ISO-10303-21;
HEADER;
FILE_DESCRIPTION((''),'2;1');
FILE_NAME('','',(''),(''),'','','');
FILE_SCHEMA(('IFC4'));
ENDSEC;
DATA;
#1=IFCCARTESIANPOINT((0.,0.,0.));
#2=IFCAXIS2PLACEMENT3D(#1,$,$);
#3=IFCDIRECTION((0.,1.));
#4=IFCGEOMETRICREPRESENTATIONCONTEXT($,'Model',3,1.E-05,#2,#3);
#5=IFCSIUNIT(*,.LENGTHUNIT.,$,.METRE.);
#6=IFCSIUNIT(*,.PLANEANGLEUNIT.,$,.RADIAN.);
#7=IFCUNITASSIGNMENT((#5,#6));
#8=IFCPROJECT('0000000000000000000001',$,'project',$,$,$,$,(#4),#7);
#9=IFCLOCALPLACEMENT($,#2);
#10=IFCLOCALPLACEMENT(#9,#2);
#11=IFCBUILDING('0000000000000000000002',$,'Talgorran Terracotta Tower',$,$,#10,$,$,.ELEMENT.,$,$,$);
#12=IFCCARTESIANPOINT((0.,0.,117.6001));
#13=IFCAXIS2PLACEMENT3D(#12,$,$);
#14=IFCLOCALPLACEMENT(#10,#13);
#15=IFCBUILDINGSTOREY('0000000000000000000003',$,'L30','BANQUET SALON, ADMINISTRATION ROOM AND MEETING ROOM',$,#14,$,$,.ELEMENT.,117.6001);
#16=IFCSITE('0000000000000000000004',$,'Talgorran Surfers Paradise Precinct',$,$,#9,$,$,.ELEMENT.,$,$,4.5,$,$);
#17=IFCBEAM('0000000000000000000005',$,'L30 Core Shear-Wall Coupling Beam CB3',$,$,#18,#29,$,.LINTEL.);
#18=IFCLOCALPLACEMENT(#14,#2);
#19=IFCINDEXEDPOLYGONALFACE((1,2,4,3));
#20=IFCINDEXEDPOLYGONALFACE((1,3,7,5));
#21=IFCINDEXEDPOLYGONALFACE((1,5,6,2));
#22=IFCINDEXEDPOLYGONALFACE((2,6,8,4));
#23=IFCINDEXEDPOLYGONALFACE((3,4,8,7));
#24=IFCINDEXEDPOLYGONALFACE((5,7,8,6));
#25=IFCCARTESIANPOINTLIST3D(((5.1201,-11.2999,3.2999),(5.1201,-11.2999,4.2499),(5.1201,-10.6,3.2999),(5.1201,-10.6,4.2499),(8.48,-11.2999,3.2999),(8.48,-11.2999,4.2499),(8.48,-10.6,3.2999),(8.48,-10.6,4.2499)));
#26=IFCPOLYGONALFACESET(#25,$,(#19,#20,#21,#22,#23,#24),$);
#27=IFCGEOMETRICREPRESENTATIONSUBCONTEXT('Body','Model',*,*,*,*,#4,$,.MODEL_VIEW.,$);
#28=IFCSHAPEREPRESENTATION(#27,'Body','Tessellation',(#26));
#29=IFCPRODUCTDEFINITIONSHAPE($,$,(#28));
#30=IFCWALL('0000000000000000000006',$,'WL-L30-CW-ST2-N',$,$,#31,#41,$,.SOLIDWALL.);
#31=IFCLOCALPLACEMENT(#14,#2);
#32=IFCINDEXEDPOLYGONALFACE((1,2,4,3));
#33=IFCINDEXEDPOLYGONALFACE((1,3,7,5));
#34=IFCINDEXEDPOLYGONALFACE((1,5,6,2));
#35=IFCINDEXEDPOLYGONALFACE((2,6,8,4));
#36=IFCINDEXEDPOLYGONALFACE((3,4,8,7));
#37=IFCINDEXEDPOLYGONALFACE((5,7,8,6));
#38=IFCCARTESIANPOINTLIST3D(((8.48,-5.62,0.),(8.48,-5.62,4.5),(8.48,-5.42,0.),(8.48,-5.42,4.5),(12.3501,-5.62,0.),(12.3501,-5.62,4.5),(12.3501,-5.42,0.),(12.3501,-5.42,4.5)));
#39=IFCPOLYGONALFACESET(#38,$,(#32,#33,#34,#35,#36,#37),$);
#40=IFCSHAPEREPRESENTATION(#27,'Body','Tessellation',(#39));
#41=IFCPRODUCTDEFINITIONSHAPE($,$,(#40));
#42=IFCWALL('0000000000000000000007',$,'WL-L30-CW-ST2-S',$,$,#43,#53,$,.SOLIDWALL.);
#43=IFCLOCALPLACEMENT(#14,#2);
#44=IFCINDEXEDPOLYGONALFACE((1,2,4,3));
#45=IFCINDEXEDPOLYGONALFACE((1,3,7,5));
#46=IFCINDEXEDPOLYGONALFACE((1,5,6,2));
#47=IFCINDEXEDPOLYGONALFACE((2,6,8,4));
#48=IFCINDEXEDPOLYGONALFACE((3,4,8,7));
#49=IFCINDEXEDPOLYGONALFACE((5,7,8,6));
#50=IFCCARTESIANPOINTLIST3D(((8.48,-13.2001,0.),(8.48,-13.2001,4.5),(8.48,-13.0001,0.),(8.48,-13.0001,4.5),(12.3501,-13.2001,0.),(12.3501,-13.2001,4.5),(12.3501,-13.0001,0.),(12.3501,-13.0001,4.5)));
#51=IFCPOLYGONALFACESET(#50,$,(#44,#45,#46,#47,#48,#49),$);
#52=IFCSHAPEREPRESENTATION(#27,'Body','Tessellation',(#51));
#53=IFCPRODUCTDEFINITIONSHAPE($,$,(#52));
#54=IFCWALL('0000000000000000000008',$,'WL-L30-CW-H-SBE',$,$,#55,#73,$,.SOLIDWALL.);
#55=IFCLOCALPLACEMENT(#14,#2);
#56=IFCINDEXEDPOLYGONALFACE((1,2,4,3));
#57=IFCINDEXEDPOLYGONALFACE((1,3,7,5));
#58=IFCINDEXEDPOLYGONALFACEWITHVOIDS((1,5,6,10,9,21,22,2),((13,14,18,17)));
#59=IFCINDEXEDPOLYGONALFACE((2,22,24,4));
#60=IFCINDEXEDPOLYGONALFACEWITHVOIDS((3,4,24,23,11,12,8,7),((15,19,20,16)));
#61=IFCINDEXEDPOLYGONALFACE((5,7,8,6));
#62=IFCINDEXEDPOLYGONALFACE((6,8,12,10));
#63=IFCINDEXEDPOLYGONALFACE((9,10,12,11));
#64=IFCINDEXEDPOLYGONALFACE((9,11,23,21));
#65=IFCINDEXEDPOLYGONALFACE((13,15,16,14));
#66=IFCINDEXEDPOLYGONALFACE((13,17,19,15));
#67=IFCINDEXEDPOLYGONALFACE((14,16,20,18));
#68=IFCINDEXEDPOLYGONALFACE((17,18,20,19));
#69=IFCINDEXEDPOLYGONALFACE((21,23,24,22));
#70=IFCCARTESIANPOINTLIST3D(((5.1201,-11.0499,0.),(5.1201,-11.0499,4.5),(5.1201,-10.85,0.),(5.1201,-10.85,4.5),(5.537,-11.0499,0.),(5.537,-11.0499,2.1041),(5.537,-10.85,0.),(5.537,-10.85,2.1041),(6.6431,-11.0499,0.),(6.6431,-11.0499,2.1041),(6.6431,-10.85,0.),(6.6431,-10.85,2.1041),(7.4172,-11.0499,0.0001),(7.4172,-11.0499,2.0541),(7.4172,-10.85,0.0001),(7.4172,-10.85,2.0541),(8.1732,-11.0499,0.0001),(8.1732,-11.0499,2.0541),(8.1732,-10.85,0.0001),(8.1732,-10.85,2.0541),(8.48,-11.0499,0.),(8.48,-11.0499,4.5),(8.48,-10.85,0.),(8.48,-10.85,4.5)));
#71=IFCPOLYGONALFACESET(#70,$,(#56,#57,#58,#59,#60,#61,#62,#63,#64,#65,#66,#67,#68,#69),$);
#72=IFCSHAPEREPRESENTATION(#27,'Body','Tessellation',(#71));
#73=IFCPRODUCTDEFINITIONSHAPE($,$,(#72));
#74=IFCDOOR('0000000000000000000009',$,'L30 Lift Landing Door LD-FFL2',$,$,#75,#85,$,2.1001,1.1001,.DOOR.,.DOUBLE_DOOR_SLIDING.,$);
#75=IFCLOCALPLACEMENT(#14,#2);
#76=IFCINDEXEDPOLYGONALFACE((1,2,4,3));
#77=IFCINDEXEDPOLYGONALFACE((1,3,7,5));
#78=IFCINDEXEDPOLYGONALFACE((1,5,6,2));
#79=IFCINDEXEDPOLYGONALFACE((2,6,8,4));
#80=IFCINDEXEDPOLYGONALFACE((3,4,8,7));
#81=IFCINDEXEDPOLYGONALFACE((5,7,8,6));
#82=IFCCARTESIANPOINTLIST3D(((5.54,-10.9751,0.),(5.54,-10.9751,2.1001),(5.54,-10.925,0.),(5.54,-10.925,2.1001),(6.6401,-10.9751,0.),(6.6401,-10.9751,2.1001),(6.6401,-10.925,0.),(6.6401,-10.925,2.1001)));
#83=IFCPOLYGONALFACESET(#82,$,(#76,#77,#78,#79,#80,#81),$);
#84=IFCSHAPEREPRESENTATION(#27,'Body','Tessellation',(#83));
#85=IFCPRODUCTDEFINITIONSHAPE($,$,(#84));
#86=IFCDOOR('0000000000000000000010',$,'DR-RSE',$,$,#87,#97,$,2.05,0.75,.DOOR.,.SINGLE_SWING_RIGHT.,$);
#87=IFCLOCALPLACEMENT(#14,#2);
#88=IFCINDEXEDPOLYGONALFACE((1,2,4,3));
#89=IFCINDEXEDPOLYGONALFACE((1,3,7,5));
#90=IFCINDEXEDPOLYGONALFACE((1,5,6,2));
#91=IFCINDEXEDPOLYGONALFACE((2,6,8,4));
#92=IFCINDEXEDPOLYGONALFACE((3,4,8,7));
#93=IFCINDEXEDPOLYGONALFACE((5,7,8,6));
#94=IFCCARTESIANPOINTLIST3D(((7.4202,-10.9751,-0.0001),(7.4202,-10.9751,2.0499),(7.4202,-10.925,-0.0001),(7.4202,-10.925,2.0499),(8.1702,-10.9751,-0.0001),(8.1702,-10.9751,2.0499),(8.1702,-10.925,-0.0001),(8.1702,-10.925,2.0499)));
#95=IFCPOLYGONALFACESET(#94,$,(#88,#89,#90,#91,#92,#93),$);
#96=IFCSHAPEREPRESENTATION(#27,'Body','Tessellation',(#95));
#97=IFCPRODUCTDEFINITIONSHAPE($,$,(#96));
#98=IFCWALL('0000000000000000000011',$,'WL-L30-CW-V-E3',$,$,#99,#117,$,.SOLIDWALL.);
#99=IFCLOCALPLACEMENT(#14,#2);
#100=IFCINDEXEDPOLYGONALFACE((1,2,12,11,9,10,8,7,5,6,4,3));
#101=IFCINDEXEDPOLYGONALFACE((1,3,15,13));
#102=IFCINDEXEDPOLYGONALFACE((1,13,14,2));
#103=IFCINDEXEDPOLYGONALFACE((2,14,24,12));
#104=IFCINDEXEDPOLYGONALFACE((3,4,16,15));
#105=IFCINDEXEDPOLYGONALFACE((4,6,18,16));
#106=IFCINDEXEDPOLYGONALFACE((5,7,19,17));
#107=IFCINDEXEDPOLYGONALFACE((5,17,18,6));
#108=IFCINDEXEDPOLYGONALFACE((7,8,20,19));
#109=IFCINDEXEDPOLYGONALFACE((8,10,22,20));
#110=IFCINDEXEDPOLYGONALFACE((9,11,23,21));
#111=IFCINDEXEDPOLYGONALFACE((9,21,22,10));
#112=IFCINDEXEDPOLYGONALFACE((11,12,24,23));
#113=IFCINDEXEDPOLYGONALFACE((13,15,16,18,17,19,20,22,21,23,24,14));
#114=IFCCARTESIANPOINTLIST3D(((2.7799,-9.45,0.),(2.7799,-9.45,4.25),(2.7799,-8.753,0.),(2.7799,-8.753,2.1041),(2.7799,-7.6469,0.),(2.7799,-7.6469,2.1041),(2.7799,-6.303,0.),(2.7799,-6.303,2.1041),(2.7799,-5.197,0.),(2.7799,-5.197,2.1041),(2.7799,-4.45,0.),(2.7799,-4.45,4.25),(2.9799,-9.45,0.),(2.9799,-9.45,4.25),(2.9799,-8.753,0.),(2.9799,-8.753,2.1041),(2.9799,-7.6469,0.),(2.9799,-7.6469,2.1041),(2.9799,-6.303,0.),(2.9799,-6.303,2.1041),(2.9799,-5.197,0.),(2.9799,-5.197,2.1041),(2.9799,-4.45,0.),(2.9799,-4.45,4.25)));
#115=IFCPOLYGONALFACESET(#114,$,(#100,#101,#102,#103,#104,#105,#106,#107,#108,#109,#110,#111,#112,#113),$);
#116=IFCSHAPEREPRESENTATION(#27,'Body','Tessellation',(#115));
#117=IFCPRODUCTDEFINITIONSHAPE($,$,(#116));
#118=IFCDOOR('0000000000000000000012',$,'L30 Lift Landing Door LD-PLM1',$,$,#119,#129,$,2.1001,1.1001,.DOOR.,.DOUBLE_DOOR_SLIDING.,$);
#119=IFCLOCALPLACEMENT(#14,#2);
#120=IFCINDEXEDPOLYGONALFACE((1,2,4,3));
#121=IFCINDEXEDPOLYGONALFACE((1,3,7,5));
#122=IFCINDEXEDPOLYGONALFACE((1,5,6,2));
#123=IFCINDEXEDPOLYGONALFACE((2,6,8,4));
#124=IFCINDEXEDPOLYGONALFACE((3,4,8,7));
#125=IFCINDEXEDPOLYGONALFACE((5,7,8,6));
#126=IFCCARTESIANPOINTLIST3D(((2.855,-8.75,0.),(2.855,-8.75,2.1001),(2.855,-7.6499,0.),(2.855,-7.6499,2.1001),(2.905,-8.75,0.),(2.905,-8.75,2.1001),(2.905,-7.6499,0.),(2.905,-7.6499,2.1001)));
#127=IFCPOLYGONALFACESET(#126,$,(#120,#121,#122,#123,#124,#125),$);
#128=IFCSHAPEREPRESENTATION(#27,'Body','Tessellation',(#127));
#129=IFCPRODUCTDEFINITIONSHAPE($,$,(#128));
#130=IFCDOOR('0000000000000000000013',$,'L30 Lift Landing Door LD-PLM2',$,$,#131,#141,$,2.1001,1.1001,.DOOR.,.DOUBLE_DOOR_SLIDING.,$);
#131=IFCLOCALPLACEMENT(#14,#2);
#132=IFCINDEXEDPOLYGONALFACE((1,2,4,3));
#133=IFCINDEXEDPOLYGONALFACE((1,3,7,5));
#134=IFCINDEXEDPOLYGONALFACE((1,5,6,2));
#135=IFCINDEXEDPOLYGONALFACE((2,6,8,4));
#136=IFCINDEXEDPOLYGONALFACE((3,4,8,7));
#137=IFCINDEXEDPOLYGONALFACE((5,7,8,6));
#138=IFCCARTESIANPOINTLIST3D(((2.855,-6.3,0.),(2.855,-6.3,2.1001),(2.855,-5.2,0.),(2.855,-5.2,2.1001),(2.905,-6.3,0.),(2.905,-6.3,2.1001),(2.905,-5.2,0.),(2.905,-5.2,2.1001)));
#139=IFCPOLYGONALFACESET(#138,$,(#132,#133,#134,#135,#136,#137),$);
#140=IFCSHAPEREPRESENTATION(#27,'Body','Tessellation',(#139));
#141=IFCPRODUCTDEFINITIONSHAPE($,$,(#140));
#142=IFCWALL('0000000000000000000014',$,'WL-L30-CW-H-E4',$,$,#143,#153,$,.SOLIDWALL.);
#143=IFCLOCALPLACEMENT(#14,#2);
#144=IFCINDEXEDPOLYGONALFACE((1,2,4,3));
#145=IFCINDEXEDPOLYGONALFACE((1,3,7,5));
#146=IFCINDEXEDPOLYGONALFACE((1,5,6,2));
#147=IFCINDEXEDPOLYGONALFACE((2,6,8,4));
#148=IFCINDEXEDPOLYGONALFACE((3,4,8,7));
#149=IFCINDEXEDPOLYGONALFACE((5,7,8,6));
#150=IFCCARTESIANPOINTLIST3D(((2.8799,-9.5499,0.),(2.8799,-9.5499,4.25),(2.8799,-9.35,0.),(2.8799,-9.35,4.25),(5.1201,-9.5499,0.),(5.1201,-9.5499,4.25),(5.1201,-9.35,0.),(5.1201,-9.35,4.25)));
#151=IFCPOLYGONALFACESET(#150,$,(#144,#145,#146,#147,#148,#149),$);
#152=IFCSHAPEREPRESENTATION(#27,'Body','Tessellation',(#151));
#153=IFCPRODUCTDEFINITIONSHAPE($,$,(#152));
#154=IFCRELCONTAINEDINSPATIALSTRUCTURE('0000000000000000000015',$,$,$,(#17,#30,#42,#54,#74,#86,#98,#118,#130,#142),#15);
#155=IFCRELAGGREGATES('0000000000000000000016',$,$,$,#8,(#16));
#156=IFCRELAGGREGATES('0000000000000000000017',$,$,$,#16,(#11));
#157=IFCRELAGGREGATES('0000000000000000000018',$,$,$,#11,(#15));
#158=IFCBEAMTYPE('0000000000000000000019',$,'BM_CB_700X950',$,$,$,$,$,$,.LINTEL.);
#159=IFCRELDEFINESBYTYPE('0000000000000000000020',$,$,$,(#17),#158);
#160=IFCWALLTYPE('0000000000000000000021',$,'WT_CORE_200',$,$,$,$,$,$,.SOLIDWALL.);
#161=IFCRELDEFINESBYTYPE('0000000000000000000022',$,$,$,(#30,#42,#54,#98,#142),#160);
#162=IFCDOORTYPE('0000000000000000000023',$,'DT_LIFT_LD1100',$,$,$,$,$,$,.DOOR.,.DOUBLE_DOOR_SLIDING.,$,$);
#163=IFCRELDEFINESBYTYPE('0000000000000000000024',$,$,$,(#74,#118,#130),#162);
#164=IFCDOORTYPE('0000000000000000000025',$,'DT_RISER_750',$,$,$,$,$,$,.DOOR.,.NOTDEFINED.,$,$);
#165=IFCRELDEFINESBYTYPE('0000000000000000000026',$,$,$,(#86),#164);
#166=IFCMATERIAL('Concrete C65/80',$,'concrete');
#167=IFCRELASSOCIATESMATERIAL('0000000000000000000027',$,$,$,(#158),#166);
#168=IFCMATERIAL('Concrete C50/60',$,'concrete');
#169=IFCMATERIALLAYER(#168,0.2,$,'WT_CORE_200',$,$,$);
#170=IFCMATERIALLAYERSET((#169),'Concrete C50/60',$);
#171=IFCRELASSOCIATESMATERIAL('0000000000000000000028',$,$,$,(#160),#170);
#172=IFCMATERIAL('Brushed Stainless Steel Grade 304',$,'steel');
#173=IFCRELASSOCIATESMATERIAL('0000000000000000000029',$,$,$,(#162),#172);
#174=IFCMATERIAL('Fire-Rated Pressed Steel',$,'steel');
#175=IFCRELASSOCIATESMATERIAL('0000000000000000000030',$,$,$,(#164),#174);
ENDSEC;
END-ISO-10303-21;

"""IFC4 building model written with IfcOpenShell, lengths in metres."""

from ifc_helpers import new_model, si_unit, direction, frame, frame_2d, origin, origin_2d, place, context, subcontext, project, spatial, rectangle, extrude, material, layer, layer_set, material_profile, profile_set, type_object, element, fill, save


model = new_model("IFC4")

# Units and contexts
model_context = context("Model", 3, precision=1e-05, world=origin(), true_north=direction((0.0, 1.0)))
body_context = subcontext(model_context, "Body", "Model", "MODEL_VIEW")
ifc_project = project(units=[si_unit("LENGTHUNIT", "METRE"), si_unit("PLANEANGLEUNIT", "RADIAN")], contexts=[model_context])

# Site, building, storey
site_placement = place(None, origin())
site = spatial("IfcSite", under=ifc_project, at=site_placement, Name="Talgorran Surfers Paradise Precinct", CompositionType="ELEMENT", RefElevation=4.5)
building_placement = place(site_placement, origin())
building = spatial("IfcBuilding", under=site, at=building_placement, Name="Talgorran Terracotta Tower", CompositionType="ELEMENT")
storey_placement = place(building_placement, frame((0.0, 0.0, 117.6001)))
storey = spatial("IfcBuildingStorey", under=building, at=storey_placement, Name="L30", Description="BANQUET SALON, ADMINISTRATION ROOM AND MEETING ROOM", CompositionType="ELEMENT", Elevation=117.6001)

# Beam
ifc_material_1 = material(Name="Concrete C65/80", Category="concrete")
ifc_material_profile = material_profile(ifc_material_1, rectangle(XDim=0.7, YDim=0.95, at=origin_2d()), Name="RCCB700X950")
ifc_profile_set = profile_set([ifc_material_profile], Name="Concrete C65/80")
beam_type = type_object("IfcBeamType", Name="BM_CB_700X950", PredefinedType="LINTEL", material=ifc_profile_set)
beam_placement = place(storey_placement, frame((5.1201, -10.95, 3.7749), z_axis=(1.0, 0.0, 0.0), x_axis=(0.0, 1.0, 0.0)))
element("IfcBeam", 1, at=beam_placement, inside=storey, type_object=beam_type, Name="L30 Core Shear-Wall Coupling Beam CB3", PredefinedType="LINTEL", context=body_context, shape_type="SweptSolid", body=[
    extrude(rectangle(XDim=0.7, YDim=0.95, at=origin_2d()), origin(), (0.0, 0.0, 1.0), 3.3599),
])

# Walls
ifc_material_2 = material(Name="Concrete C50/60", Category="concrete")
ifc_layer_1 = layer(ifc_material_2, 0.2, Name="WT_CORE_200")
ifc_layer_set_1 = layer_set([ifc_layer_1], Name="Concrete C50/60")
wall_type_1 = type_object("IfcWallType", Name="WT_CORE_200", PredefinedType="SOLIDWALL", material=ifc_layer_set_1)
for number, where, z_axis, x_axis, name in (
    (2, (8.48, -5.52, 0.0), (0.0, 0.0, 1.0), (1.0, 0.0, 0.0), "WL-L30-CW-ST2-N"),
    (3, (8.48, -13.1001, 0.0), (0.0, 0.0, 1.0), (1.0, 0.0, 0.0), "WL-L30-CW-ST2-S"),
):
    element("IfcWall", number, at=place(storey_placement, frame(where, z_axis=z_axis, x_axis=x_axis)), inside=storey, type_object=wall_type_1, Name=name, PredefinedType="SOLIDWALL", context=body_context, shape_type="SweptSolid", body=[
        extrude(rectangle(XDim=3.8701, YDim=0.2, at=frame_2d((1.9351, 0.0))), origin(), (0.0, 0.0, 1.0), 4.5),
    ])

# Walls, openings, doors
wall_1_placement = place(storey_placement, frame((5.1201, -10.95, 0.0), z_axis=(0.0, 0.0, 1.0), x_axis=(1.0, 0.0, 0.0)))
wall_1 = element("IfcWall", 4, at=wall_1_placement, inside=storey, type_object=wall_type_1, Name="WL-L30-CW-H-SBE", PredefinedType="SOLIDWALL", context=body_context, shape_type="SweptSolid", body=[
    extrude(rectangle(XDim=3.3599, YDim=0.2, at=frame_2d((1.6799, 0.0))), origin(), (0.0, 0.0, 1.0), 4.5),
])
opening_1_placement = place(wall_1_placement, frame((0.4199, 0.0, 0.0)))
opening_1 = element("IfcOpeningElement", 5, at=opening_1_placement, cuts=wall_1, PredefinedType="OPENING", context=body_context, shape_type="SweptSolid", body=[
    extrude(rectangle(XDim=1.1061, YDim=2.1041, at=frame_2d((0.55, 1.052))), frame((0.0, 0.1099, 0.0), z_axis=(0.0, -1.0, 0.0), x_axis=(1.0, 0.0, 0.0)), (0.0, 0.0, 1.0), 0.22),
])
opening_2_placement = place(wall_1_placement, frame((2.3, 0.0, 0.0)))
opening_2 = element("IfcOpeningElement", 6, at=opening_2_placement, cuts=wall_1, PredefinedType="OPENING", context=body_context, shape_type="SweptSolid", body=[
    extrude(rectangle(XDim=0.756, YDim=2.054, at=frame_2d((0.375, 1.0271))), frame((0.0, 0.1099, 0.0), z_axis=(0.0, -1.0, 0.0), x_axis=(1.0, 0.0, 0.0)), (0.0, 0.0, 1.0), 0.22),
])
ifc_material_3 = material(Name="Brushed Stainless Steel Grade 304", Category="steel")
door_type_1 = type_object("IfcDoorType", Name="DT_LIFT_LD1100", OperationType="DOUBLE_DOOR_SLIDING", PredefinedType="DOOR", material=ifc_material_3)
door_1_placement = place(opening_1_placement, origin())
door_1 = element("IfcDoor", 7, at=door_1_placement, inside=storey, type_object=door_type_1, Name="L30 Lift Landing Door LD-FFL2", OperationType="DOUBLE_DOOR_SLIDING", OverallHeight=2.1001, OverallWidth=1.1001, PredefinedType="DOOR", context=body_context, shape_type="SweptSolid", body=[
    extrude(rectangle(XDim=1.1001, YDim=2.1001, at=frame_2d((0.55, 1.05))), frame((0.0, 0.0249, 0.0), z_axis=(0.0, -1.0, 0.0), x_axis=(1.0, 0.0, 0.0)), (0.0, 0.0, 1.0), 0.05),
])
fill(opening_1, door_1)
ifc_material_4 = material(Name="Fire-Rated Pressed Steel", Category="steel")
door_type_2 = type_object("IfcDoorType", Name="DT_RISER_750", OperationType="NOTDEFINED", PredefinedType="DOOR", material=ifc_material_4)
door_2_placement = place(opening_2_placement, origin())
door_2 = element("IfcDoor", 8, at=door_2_placement, inside=storey, type_object=door_type_2, Name="DR-RSE", OperationType="SINGLE_SWING_RIGHT", OverallHeight=2.05, OverallWidth=0.75, PredefinedType="DOOR", context=body_context, shape_type="SweptSolid", body=[
    extrude(rectangle(XDim=0.75, YDim=2.05, at=frame_2d((0.375, 1.0249))), frame((0.0, 0.0249, 0.0), z_axis=(0.0, -1.0, 0.0), x_axis=(1.0, 0.0, 0.0)), (0.0, 0.0, 1.0), 0.05),
])
fill(opening_2, door_2)
wall_2_placement = place(storey_placement, frame((2.8799, -9.45, 0.0), z_axis=(0.0, 0.0, 1.0), x_axis=(0.0, 1.0, 0.0)))
wall_2 = element("IfcWall", 9, at=wall_2_placement, inside=storey, type_object=wall_type_1, Name="WL-L30-CW-V-E3", PredefinedType="SOLIDWALL", context=body_context, shape_type="SweptSolid", body=[
    extrude(rectangle(XDim=5.0, YDim=0.2, at=frame_2d((2.5, 0.0))), origin(), (0.0, 0.0, 1.0), 4.25),
])
opening_3_placement = place(wall_2_placement, frame((0.7, 0.0, 0.0)))
opening_3 = element("IfcOpeningElement", 10, at=opening_3_placement, cuts=wall_2, PredefinedType="OPENING", context=body_context, shape_type="SweptSolid", body=[
    extrude(rectangle(XDim=1.1061, YDim=2.1041, at=frame_2d((0.55, 1.052))), frame((0.0, 0.1099, 0.0), z_axis=(0.0, -1.0, 0.0), x_axis=(1.0, 0.0, 0.0)), (0.0, 0.0, 1.0), 0.22),
])
opening_4_placement = place(wall_2_placement, frame((3.1499, 0.0, 0.0)))
opening_4 = element("IfcOpeningElement", 11, at=opening_4_placement, cuts=wall_2, PredefinedType="OPENING", context=body_context, shape_type="SweptSolid", body=[
    extrude(rectangle(XDim=1.1061, YDim=2.1041, at=frame_2d((0.55, 1.052))), frame((0.0, 0.1099, 0.0), z_axis=(0.0, -1.0, 0.0), x_axis=(1.0, 0.0, 0.0)), (0.0, 0.0, 1.0), 0.22),
])
door_3_placement = place(opening_3_placement, origin())
door_3 = element("IfcDoor", 12, at=door_3_placement, inside=storey, type_object=door_type_1, Name="L30 Lift Landing Door LD-PLM1", OperationType="DOUBLE_DOOR_SLIDING", OverallHeight=2.1001, OverallWidth=1.1001, PredefinedType="DOOR", context=body_context, shape_type="SweptSolid", body=[
    extrude(rectangle(XDim=1.1001, YDim=2.1001, at=frame_2d((0.55, 1.05))), frame((0.0, 0.0249, 0.0), z_axis=(0.0, -1.0, 0.0), x_axis=(1.0, 0.0, 0.0)), (0.0, 0.0, 1.0), 0.05),
])
fill(opening_3, door_3)
door_4_placement = place(opening_4_placement, origin())
door_4 = element("IfcDoor", 13, at=door_4_placement, inside=storey, type_object=door_type_1, Name="L30 Lift Landing Door LD-PLM2", OperationType="DOUBLE_DOOR_SLIDING", OverallHeight=2.1001, OverallWidth=1.1001, PredefinedType="DOOR", context=body_context, shape_type="SweptSolid", body=[
    extrude(rectangle(XDim=1.1001, YDim=2.1001, at=frame_2d((0.55, 1.05))), frame((0.0, 0.0249, 0.0), z_axis=(0.0, -1.0, 0.0), x_axis=(1.0, 0.0, 0.0)), (0.0, 0.0, 1.0), 0.05),
])
fill(opening_4, door_4)

# Wall
wall_3_placement = place(storey_placement, frame((2.8799, -9.45, 0.0), z_axis=(0.0, 0.0, 1.0), x_axis=(1.0, 0.0, 0.0)))
element("IfcWall", 14, at=wall_3_placement, inside=storey, type_object=wall_type_1, Name="WL-L30-CW-H-E4", PredefinedType="SOLIDWALL", context=body_context, shape_type="SweptSolid", body=[
    extrude(rectangle(XDim=2.2402, YDim=0.2, at=frame_2d((1.1201, 0.0))), origin(), (0.0, 0.0, 1.0), 4.25),
])

save(model, "model.ifc")
